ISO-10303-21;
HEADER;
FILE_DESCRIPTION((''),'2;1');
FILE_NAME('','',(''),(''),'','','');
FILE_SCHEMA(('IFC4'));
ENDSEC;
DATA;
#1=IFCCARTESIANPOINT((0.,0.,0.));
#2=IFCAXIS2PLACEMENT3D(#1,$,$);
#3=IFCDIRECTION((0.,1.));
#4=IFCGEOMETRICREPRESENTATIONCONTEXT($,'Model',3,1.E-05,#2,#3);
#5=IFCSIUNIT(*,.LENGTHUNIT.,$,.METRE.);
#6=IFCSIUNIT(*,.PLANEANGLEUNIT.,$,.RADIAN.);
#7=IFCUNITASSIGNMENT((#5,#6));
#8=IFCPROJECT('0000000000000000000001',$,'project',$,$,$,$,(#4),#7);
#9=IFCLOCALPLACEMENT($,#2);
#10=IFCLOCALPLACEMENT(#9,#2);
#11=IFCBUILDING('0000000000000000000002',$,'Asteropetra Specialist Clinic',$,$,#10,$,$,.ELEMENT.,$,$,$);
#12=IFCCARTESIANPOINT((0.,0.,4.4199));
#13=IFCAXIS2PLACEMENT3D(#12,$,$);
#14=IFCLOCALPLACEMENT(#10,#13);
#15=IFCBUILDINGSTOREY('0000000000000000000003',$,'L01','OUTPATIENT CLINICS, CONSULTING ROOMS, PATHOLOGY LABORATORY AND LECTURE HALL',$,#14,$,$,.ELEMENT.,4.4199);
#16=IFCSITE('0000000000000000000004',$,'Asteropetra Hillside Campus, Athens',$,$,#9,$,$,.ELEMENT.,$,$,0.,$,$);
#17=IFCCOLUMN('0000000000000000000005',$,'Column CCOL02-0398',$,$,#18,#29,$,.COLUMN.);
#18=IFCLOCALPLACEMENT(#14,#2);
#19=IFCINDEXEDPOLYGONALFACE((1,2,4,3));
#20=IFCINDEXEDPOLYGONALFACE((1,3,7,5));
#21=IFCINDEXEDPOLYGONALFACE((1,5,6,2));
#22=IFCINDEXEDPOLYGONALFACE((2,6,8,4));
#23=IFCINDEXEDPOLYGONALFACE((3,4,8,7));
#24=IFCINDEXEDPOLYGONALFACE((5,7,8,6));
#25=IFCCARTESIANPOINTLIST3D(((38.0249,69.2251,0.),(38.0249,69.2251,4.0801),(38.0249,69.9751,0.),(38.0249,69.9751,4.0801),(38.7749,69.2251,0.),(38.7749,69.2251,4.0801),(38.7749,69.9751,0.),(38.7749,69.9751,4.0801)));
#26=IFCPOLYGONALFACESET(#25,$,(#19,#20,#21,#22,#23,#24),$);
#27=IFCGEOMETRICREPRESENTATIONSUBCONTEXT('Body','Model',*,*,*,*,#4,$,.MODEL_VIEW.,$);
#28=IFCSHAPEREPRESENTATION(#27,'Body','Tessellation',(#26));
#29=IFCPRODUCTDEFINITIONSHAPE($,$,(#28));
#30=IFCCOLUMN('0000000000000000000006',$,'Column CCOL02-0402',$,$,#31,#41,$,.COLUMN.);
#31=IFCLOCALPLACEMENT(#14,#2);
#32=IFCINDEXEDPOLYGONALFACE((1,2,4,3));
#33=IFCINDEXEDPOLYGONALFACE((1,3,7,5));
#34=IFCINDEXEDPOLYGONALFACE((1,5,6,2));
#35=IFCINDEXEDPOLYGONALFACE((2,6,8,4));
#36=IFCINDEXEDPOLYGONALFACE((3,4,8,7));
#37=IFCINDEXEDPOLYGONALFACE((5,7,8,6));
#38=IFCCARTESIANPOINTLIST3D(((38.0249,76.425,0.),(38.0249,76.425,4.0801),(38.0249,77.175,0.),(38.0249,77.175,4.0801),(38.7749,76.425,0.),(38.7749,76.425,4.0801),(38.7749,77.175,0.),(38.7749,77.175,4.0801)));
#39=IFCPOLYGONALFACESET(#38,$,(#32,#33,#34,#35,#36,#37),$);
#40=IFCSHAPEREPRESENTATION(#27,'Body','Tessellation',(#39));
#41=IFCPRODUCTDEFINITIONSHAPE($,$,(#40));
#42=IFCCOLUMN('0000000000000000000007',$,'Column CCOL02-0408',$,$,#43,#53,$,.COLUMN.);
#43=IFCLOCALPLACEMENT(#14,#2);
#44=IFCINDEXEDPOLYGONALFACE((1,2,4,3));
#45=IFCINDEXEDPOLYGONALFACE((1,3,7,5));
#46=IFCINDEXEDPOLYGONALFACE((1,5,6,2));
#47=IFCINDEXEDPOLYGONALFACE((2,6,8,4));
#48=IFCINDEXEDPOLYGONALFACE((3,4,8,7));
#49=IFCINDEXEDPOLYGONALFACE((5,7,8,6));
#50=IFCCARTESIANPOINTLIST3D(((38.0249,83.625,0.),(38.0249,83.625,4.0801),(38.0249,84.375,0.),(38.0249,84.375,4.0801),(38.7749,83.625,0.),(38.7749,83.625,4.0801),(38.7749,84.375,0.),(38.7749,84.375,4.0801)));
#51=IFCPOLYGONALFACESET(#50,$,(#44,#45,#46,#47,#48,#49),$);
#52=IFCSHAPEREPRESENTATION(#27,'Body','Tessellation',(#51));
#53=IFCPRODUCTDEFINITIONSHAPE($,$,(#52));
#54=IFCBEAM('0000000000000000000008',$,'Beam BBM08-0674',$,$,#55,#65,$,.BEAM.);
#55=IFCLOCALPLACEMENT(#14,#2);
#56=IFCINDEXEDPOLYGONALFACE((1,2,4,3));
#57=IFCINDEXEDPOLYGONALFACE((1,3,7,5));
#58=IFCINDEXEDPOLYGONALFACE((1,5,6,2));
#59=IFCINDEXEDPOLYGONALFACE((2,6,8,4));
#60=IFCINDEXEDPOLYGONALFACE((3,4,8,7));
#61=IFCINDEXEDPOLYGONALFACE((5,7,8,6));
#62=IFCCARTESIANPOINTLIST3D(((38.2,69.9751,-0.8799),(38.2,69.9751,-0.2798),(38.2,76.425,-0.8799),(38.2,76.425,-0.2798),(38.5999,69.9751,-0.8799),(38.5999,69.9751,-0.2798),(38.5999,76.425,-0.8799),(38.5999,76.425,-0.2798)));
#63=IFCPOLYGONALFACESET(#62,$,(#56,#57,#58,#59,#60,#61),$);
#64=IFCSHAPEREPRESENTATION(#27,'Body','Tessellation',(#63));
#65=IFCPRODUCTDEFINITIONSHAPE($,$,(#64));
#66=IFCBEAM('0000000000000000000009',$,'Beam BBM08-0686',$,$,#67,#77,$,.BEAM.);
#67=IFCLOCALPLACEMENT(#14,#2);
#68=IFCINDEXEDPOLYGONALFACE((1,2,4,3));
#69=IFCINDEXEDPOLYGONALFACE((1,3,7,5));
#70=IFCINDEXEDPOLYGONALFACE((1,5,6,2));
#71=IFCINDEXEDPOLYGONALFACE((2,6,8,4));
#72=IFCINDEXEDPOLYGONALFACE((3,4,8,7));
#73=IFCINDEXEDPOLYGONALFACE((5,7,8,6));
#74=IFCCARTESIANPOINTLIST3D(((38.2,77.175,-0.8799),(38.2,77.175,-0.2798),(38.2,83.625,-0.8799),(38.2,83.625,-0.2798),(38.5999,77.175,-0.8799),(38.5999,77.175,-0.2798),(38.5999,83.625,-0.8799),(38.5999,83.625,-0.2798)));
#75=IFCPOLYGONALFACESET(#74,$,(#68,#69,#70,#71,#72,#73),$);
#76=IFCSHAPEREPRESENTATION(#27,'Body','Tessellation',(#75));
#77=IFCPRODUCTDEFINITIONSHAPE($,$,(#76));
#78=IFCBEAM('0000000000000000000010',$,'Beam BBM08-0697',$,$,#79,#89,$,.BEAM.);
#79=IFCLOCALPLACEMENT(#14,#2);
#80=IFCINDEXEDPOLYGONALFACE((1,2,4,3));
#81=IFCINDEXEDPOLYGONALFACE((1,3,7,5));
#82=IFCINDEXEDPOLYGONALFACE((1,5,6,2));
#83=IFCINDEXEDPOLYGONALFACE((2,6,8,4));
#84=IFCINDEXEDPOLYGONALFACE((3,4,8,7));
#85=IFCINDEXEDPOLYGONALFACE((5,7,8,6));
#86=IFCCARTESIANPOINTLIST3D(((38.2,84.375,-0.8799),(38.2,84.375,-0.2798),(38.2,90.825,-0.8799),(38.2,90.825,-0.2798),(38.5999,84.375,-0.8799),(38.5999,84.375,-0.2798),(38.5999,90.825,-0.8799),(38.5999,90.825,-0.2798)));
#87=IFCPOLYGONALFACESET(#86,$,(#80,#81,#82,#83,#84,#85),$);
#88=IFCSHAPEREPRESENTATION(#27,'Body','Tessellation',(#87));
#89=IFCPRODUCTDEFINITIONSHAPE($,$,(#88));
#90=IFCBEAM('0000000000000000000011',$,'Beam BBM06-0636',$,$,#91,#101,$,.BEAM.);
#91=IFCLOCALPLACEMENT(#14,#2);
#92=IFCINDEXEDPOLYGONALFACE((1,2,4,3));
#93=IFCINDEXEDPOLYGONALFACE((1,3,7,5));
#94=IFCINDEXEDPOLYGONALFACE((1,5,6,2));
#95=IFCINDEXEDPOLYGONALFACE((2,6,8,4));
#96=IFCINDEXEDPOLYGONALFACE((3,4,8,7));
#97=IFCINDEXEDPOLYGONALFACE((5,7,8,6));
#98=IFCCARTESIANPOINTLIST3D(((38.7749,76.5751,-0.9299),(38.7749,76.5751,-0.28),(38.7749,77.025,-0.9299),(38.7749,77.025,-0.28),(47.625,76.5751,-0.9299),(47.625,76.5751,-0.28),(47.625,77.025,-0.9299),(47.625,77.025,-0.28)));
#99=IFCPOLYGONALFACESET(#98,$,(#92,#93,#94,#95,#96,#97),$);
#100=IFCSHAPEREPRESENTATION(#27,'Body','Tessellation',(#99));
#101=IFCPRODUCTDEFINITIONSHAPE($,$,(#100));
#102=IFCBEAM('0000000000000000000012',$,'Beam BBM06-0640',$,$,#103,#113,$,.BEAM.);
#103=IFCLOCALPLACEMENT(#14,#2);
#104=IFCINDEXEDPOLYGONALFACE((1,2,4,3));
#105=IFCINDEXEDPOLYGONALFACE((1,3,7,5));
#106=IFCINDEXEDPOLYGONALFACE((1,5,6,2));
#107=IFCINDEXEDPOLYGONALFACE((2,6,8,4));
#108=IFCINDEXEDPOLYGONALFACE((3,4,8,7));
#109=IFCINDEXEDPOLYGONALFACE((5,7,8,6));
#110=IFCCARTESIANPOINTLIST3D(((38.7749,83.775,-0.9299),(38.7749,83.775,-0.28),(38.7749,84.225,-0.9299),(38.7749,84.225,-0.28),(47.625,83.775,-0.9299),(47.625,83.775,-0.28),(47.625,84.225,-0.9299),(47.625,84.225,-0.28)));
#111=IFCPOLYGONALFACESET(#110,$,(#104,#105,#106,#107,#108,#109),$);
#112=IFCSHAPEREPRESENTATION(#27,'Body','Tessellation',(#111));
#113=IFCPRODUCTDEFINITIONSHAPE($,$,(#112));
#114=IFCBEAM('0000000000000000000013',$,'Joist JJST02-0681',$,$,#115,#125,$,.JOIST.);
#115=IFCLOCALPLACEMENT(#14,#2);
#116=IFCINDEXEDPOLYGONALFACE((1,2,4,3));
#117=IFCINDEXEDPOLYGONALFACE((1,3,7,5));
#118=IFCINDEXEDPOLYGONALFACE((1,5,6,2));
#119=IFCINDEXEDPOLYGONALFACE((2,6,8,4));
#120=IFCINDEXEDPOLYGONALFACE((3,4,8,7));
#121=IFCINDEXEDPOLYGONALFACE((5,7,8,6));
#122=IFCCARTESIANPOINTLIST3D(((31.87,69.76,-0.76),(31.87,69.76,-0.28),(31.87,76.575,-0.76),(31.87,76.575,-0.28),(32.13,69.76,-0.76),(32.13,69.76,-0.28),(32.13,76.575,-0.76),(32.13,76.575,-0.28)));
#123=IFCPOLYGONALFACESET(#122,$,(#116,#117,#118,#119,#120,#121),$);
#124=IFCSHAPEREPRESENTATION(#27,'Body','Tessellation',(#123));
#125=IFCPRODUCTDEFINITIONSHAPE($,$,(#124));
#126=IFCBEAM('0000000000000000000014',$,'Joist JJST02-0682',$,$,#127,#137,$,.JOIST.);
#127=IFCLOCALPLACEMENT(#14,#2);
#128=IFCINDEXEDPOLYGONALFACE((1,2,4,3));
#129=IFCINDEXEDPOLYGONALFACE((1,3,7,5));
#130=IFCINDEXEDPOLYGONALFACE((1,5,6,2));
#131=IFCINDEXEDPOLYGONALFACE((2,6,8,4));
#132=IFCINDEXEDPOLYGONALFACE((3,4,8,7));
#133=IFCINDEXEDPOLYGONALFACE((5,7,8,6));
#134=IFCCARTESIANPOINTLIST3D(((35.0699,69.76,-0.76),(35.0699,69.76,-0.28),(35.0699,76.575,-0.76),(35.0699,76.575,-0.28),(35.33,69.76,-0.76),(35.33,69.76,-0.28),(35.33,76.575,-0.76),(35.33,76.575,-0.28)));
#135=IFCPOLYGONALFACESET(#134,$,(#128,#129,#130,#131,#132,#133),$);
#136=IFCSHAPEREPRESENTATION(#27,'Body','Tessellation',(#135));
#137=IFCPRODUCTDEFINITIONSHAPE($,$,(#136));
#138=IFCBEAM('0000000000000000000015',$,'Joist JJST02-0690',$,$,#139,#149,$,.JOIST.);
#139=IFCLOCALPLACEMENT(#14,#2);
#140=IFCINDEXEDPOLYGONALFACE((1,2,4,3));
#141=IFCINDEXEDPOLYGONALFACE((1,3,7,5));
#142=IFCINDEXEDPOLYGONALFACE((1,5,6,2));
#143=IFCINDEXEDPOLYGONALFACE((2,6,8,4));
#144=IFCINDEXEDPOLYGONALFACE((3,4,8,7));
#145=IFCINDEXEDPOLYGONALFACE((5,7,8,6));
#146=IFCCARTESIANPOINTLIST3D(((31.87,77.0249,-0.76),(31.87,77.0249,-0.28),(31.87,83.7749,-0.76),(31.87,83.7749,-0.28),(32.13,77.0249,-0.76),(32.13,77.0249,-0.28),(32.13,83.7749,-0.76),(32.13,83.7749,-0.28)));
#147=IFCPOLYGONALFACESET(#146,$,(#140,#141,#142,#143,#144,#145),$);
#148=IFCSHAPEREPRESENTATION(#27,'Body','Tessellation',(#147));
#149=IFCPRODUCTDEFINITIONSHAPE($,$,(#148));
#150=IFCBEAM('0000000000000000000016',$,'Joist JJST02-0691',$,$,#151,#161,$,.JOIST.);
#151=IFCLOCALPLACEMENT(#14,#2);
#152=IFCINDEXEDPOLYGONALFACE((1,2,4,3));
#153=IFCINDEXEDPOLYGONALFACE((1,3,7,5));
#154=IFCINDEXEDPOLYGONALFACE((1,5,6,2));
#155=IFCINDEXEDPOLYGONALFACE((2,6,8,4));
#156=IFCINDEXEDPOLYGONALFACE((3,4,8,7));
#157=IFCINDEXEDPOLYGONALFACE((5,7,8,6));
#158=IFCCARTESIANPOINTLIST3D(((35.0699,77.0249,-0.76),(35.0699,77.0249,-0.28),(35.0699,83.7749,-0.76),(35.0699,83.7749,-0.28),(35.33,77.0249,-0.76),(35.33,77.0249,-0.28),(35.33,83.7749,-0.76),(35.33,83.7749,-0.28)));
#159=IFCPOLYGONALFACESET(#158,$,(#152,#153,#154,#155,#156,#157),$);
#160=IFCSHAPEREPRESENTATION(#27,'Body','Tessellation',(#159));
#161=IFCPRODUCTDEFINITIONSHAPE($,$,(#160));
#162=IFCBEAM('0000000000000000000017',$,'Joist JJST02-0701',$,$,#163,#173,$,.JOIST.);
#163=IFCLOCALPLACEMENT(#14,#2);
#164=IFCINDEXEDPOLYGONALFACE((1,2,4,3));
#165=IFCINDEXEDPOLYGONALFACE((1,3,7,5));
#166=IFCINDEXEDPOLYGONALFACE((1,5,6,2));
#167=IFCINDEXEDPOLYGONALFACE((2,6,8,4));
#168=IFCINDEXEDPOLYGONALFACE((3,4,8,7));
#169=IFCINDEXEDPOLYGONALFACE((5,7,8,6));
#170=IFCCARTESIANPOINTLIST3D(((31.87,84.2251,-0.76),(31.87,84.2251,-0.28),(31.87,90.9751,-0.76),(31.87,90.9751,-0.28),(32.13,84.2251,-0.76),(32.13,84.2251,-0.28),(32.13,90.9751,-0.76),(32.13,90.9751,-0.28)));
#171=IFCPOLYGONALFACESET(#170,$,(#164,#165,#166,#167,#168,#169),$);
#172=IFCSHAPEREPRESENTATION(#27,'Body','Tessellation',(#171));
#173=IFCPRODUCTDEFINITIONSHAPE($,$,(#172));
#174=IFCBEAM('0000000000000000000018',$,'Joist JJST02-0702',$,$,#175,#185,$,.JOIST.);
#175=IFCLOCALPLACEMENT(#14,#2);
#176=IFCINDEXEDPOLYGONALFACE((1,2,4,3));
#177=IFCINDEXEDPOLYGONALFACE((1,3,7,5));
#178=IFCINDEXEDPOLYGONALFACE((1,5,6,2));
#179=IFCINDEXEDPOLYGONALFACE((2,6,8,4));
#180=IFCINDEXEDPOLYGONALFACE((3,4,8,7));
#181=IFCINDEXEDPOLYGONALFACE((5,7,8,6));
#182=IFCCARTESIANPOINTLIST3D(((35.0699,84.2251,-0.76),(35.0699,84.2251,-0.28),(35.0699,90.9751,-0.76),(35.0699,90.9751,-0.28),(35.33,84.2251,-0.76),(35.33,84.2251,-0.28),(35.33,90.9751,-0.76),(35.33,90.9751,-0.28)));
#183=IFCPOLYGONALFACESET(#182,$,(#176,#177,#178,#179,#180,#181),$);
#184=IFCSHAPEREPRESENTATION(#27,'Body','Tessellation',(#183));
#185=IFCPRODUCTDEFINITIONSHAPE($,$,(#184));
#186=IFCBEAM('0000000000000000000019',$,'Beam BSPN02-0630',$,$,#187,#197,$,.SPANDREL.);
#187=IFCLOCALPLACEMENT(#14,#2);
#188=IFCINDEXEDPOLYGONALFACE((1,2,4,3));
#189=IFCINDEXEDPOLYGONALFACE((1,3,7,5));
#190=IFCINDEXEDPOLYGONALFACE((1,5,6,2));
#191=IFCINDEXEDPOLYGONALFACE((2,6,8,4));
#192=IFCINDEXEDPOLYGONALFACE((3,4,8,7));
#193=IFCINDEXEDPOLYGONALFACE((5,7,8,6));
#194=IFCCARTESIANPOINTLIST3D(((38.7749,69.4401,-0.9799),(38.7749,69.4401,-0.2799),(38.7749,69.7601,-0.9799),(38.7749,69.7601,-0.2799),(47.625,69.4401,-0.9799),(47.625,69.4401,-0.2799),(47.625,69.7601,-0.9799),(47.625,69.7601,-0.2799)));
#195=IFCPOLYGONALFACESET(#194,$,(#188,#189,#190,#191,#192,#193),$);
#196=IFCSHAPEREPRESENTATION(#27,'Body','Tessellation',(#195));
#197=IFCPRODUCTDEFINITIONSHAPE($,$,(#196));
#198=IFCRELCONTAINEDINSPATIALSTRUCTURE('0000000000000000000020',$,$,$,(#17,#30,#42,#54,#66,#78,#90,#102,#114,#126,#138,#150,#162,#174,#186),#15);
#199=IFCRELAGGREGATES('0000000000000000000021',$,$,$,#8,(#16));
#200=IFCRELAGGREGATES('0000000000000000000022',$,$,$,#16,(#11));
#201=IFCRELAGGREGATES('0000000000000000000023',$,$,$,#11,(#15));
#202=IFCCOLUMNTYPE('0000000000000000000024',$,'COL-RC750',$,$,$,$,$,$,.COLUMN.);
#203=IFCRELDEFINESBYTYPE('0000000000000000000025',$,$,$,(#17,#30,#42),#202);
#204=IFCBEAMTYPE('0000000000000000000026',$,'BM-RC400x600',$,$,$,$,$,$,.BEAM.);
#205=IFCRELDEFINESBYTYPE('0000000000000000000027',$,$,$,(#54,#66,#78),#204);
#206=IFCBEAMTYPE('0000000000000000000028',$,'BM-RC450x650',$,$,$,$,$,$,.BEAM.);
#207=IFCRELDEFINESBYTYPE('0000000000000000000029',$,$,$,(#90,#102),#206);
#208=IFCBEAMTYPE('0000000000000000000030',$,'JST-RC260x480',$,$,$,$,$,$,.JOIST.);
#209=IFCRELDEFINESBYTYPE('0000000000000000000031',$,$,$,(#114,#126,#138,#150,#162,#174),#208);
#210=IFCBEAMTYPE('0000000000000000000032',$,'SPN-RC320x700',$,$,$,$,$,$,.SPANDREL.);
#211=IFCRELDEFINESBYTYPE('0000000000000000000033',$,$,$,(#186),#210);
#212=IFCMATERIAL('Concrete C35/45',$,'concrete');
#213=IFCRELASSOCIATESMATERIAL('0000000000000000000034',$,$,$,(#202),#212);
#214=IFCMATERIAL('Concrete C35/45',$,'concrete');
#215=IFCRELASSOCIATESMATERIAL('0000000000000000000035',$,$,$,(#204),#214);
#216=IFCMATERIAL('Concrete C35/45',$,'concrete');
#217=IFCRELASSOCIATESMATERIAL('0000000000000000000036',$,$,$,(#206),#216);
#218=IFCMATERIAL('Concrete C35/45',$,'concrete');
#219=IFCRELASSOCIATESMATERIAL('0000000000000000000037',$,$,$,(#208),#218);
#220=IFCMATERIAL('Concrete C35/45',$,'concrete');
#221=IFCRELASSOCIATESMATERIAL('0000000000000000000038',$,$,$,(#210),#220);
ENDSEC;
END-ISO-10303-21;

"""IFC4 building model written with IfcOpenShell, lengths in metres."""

from ifc_helpers import new_model, si_unit, direction, frame, origin, origin_2d, place, context, subcontext, project, spatial, rectangle, extrude, material, material_profile, profile_set, type_object, element, save


model = new_model("IFC4")

# Units and contexts
model_context = context("Model", 3, precision=1e-05, world=origin(), true_north=direction((0.0, 1.0)))
body_context = subcontext(model_context, "Body", "Model", "MODEL_VIEW")
ifc_project = project(units=[si_unit("LENGTHUNIT", "METRE"), si_unit("PLANEANGLEUNIT", "RADIAN")], contexts=[model_context])

# Site, building, storey
site_placement = place(None, origin())
site = spatial("IfcSite", under=ifc_project, at=site_placement, Name="Asteropetra Hillside Campus, Athens", CompositionType="ELEMENT", RefElevation=0.0)
building_placement = place(site_placement, origin())
building = spatial("IfcBuilding", under=site, at=building_placement, Name="Asteropetra Specialist Clinic", CompositionType="ELEMENT")
storey_placement = place(building_placement, frame((0.0, 0.0, 4.4199)))
storey = spatial("IfcBuildingStorey", under=building, at=storey_placement, Name="L01", Description="OUTPATIENT CLINICS, CONSULTING ROOMS, PATHOLOGY LABORATORY AND LECTURE HALL", CompositionType="ELEMENT", Elevation=4.4199)

# Columns
ifc_material_1 = material(Name="Concrete C35/45", Category="concrete")
ifc_material_profile_1 = material_profile(ifc_material_1, rectangle(XDim=0.75, YDim=0.75, at=origin_2d()), Name="RC 750x750")
ifc_profile_set_1 = profile_set([ifc_material_profile_1], Name="Concrete C35/45")
column_type = type_object("IfcColumnType", Name="COL-RC750", PredefinedType="COLUMN", material=ifc_profile_set_1)
for number, where, z_axis, x_axis, name in (
    (1, (38.3999, 69.6001, 0.0), (0.0, 0.0, 1.0), (1.0, 0.0, 0.0), "Column CCOL02-0398"),
    (2, (38.3999, 76.8, 0.0), (0.0, 0.0, 1.0), (1.0, 0.0, 0.0), "Column CCOL02-0402"),
    (3, (38.3999, 84.0, 0.0), (0.0, 0.0, 1.0), (1.0, 0.0, 0.0), "Column CCOL02-0408"),
):
    element("IfcColumn", number, at=place(storey_placement, frame(where, z_axis=z_axis, x_axis=x_axis)), inside=storey, type_object=column_type, Name=name, PredefinedType="COLUMN", context=body_context, shape_type="SweptSolid", body=[
        extrude(rectangle(XDim=0.75, YDim=0.75, at=origin_2d()), origin(), (0.0, 0.0, 1.0), 4.0801),
    ])

# Beams
ifc_material_2 = material(Name="Concrete C35/45", Category="concrete")
ifc_material_profile_2 = material_profile(ifc_material_2, rectangle(XDim=0.3999, YDim=0.6001, at=origin_2d()), Name="RCB 400x600")
ifc_profile_set_2 = profile_set([ifc_material_profile_2], Name="Concrete C35/45")
beam_type_1 = type_object("IfcBeamType", Name="BM-RC400x600", PredefinedType="BEAM", material=ifc_profile_set_2)
for number, where, z_axis, x_axis, name in (
    (4, (38.3999, 69.9751, -0.5798), (0.0, 1.0, 0.0), (-1.0, 0.0, 0.0), "Beam BBM08-0674"),
    (5, (38.3999, 77.175, -0.5798), (0.0, 1.0, 0.0), (-1.0, 0.0, 0.0), "Beam BBM08-0686"),
    (6, (38.3999, 84.375, -0.5798), (0.0, 1.0, 0.0), (-1.0, 0.0, 0.0), "Beam BBM08-0697"),
):
    element("IfcBeam", number, at=place(storey_placement, frame(where, z_axis=z_axis, x_axis=x_axis)), inside=storey, type_object=beam_type_1, Name=name, PredefinedType="BEAM", context=body_context, shape_type="SweptSolid", body=[
        extrude(rectangle(XDim=0.3999, YDim=0.6001, at=origin_2d()), origin(), (0.0, 0.0, 1.0), 6.45),
    ])
ifc_material_3 = material(Name="Concrete C35/45", Category="concrete")
ifc_material_profile_3 = material_profile(ifc_material_3, rectangle(XDim=0.45, YDim=0.6499, at=origin_2d()), Name="RCB 450x650")
ifc_profile_set_3 = profile_set([ifc_material_profile_3], Name="Concrete C35/45")
beam_type_2 = type_object("IfcBeamType", Name="BM-RC450x650", PredefinedType="BEAM", material=ifc_profile_set_3)
for number, where, z_axis, x_axis, name in (
    (7, (38.7749, 76.8, -0.605), (1.0, 0.0, 0.0), (0.0, 1.0, 0.0), "Beam BBM06-0636"),
    (8, (38.7749, 84.0, -0.605), (1.0, 0.0, 0.0), (0.0, 1.0, 0.0), "Beam BBM06-0640"),
):
    element("IfcBeam", number, at=place(storey_placement, frame(where, z_axis=z_axis, x_axis=x_axis)), inside=storey, type_object=beam_type_2, Name=name, PredefinedType="BEAM", context=body_context, shape_type="SweptSolid", body=[
        extrude(rectangle(XDim=0.45, YDim=0.6499, at=origin_2d()), origin(), (0.0, 0.0, 1.0), 8.8501),
    ])
ifc_material_4 = material(Name="Concrete C35/45", Category="concrete")
ifc_material_profile_4 = material_profile(ifc_material_4, rectangle(XDim=0.26, YDim=0.48, at=origin_2d()), Name="RCJ 260x480")
ifc_profile_set_4 = profile_set([ifc_material_profile_4], Name="Concrete C35/45")
beam_type_3 = type_object("IfcBeamType", Name="JST-RC260x480", PredefinedType="JOIST", material=ifc_profile_set_4)
for number, where, z_axis, x_axis, name in (
    (9, (32.0, 69.76, -0.52), (0.0, 1.0, 0.0), (-1.0, 0.0, 0.0), "Joist JJST02-0681"),
    (10, (35.2, 69.76, -0.52), (0.0, 1.0, 0.0), (-1.0, 0.0, 0.0), "Joist JJST02-0682"),
):
    element("IfcBeam", number, at=place(storey_placement, frame(where, z_axis=z_axis, x_axis=x_axis)), inside=storey, type_object=beam_type_3, Name=name, PredefinedType="JOIST", context=body_context, shape_type="SweptSolid", body=[
        extrude(rectangle(XDim=0.26, YDim=0.48, at=origin_2d()), origin(), (0.0, 0.0, 1.0), 6.8149),
    ])
for number, where, z_axis, x_axis, name in (
    (11, (32.0, 77.0249, -0.52), (0.0, 1.0, 0.0), (-1.0, 0.0, 0.0), "Joist JJST02-0690"),
    (12, (35.2, 77.0249, -0.52), (0.0, 1.0, 0.0), (-1.0, 0.0, 0.0), "Joist JJST02-0691"),
    (13, (32.0, 84.2251, -0.52), (0.0, 1.0, 0.0), (-1.0, 0.0, 0.0), "Joist JJST02-0701"),
    (14, (35.2, 84.2251, -0.52), (0.0, 1.0, 0.0), (-1.0, 0.0, 0.0), "Joist JJST02-0702"),
):
    element("IfcBeam", number, at=place(storey_placement, frame(where, z_axis=z_axis, x_axis=x_axis)), inside=storey, type_object=beam_type_3, Name=name, PredefinedType="JOIST", context=body_context, shape_type="SweptSolid", body=[
        extrude(rectangle(XDim=0.26, YDim=0.48, at=origin_2d()), origin(), (0.0, 0.0, 1.0), 6.75),
    ])
ifc_material_5 = material(Name="Concrete C35/45", Category="concrete")
ifc_material_profile_5 = material_profile(ifc_material_5, rectangle(XDim=0.3201, YDim=0.7, at=origin_2d()), Name="RCS 320x700")
ifc_profile_set_5 = profile_set([ifc_material_profile_5], Name="Concrete C35/45")
beam_type_4 = type_object("IfcBeamType", Name="SPN-RC320x700", PredefinedType="SPANDREL", material=ifc_profile_set_5)
beam_placement = place(storey_placement, frame((38.7749, 69.6001, -0.6299), z_axis=(1.0, 0.0, 0.0), x_axis=(0.0, 1.0, 0.0)))
element("IfcBeam", 15, at=beam_placement, inside=storey, type_object=beam_type_4, Name="Beam BSPN02-0630", PredefinedType="SPANDREL", context=body_context, shape_type="SweptSolid", body=[
    extrude(rectangle(XDim=0.3201, YDim=0.7, at=origin_2d()), origin(), (0.0, 0.0, 1.0), 8.8501),
])

save(model, "model.ifc")
